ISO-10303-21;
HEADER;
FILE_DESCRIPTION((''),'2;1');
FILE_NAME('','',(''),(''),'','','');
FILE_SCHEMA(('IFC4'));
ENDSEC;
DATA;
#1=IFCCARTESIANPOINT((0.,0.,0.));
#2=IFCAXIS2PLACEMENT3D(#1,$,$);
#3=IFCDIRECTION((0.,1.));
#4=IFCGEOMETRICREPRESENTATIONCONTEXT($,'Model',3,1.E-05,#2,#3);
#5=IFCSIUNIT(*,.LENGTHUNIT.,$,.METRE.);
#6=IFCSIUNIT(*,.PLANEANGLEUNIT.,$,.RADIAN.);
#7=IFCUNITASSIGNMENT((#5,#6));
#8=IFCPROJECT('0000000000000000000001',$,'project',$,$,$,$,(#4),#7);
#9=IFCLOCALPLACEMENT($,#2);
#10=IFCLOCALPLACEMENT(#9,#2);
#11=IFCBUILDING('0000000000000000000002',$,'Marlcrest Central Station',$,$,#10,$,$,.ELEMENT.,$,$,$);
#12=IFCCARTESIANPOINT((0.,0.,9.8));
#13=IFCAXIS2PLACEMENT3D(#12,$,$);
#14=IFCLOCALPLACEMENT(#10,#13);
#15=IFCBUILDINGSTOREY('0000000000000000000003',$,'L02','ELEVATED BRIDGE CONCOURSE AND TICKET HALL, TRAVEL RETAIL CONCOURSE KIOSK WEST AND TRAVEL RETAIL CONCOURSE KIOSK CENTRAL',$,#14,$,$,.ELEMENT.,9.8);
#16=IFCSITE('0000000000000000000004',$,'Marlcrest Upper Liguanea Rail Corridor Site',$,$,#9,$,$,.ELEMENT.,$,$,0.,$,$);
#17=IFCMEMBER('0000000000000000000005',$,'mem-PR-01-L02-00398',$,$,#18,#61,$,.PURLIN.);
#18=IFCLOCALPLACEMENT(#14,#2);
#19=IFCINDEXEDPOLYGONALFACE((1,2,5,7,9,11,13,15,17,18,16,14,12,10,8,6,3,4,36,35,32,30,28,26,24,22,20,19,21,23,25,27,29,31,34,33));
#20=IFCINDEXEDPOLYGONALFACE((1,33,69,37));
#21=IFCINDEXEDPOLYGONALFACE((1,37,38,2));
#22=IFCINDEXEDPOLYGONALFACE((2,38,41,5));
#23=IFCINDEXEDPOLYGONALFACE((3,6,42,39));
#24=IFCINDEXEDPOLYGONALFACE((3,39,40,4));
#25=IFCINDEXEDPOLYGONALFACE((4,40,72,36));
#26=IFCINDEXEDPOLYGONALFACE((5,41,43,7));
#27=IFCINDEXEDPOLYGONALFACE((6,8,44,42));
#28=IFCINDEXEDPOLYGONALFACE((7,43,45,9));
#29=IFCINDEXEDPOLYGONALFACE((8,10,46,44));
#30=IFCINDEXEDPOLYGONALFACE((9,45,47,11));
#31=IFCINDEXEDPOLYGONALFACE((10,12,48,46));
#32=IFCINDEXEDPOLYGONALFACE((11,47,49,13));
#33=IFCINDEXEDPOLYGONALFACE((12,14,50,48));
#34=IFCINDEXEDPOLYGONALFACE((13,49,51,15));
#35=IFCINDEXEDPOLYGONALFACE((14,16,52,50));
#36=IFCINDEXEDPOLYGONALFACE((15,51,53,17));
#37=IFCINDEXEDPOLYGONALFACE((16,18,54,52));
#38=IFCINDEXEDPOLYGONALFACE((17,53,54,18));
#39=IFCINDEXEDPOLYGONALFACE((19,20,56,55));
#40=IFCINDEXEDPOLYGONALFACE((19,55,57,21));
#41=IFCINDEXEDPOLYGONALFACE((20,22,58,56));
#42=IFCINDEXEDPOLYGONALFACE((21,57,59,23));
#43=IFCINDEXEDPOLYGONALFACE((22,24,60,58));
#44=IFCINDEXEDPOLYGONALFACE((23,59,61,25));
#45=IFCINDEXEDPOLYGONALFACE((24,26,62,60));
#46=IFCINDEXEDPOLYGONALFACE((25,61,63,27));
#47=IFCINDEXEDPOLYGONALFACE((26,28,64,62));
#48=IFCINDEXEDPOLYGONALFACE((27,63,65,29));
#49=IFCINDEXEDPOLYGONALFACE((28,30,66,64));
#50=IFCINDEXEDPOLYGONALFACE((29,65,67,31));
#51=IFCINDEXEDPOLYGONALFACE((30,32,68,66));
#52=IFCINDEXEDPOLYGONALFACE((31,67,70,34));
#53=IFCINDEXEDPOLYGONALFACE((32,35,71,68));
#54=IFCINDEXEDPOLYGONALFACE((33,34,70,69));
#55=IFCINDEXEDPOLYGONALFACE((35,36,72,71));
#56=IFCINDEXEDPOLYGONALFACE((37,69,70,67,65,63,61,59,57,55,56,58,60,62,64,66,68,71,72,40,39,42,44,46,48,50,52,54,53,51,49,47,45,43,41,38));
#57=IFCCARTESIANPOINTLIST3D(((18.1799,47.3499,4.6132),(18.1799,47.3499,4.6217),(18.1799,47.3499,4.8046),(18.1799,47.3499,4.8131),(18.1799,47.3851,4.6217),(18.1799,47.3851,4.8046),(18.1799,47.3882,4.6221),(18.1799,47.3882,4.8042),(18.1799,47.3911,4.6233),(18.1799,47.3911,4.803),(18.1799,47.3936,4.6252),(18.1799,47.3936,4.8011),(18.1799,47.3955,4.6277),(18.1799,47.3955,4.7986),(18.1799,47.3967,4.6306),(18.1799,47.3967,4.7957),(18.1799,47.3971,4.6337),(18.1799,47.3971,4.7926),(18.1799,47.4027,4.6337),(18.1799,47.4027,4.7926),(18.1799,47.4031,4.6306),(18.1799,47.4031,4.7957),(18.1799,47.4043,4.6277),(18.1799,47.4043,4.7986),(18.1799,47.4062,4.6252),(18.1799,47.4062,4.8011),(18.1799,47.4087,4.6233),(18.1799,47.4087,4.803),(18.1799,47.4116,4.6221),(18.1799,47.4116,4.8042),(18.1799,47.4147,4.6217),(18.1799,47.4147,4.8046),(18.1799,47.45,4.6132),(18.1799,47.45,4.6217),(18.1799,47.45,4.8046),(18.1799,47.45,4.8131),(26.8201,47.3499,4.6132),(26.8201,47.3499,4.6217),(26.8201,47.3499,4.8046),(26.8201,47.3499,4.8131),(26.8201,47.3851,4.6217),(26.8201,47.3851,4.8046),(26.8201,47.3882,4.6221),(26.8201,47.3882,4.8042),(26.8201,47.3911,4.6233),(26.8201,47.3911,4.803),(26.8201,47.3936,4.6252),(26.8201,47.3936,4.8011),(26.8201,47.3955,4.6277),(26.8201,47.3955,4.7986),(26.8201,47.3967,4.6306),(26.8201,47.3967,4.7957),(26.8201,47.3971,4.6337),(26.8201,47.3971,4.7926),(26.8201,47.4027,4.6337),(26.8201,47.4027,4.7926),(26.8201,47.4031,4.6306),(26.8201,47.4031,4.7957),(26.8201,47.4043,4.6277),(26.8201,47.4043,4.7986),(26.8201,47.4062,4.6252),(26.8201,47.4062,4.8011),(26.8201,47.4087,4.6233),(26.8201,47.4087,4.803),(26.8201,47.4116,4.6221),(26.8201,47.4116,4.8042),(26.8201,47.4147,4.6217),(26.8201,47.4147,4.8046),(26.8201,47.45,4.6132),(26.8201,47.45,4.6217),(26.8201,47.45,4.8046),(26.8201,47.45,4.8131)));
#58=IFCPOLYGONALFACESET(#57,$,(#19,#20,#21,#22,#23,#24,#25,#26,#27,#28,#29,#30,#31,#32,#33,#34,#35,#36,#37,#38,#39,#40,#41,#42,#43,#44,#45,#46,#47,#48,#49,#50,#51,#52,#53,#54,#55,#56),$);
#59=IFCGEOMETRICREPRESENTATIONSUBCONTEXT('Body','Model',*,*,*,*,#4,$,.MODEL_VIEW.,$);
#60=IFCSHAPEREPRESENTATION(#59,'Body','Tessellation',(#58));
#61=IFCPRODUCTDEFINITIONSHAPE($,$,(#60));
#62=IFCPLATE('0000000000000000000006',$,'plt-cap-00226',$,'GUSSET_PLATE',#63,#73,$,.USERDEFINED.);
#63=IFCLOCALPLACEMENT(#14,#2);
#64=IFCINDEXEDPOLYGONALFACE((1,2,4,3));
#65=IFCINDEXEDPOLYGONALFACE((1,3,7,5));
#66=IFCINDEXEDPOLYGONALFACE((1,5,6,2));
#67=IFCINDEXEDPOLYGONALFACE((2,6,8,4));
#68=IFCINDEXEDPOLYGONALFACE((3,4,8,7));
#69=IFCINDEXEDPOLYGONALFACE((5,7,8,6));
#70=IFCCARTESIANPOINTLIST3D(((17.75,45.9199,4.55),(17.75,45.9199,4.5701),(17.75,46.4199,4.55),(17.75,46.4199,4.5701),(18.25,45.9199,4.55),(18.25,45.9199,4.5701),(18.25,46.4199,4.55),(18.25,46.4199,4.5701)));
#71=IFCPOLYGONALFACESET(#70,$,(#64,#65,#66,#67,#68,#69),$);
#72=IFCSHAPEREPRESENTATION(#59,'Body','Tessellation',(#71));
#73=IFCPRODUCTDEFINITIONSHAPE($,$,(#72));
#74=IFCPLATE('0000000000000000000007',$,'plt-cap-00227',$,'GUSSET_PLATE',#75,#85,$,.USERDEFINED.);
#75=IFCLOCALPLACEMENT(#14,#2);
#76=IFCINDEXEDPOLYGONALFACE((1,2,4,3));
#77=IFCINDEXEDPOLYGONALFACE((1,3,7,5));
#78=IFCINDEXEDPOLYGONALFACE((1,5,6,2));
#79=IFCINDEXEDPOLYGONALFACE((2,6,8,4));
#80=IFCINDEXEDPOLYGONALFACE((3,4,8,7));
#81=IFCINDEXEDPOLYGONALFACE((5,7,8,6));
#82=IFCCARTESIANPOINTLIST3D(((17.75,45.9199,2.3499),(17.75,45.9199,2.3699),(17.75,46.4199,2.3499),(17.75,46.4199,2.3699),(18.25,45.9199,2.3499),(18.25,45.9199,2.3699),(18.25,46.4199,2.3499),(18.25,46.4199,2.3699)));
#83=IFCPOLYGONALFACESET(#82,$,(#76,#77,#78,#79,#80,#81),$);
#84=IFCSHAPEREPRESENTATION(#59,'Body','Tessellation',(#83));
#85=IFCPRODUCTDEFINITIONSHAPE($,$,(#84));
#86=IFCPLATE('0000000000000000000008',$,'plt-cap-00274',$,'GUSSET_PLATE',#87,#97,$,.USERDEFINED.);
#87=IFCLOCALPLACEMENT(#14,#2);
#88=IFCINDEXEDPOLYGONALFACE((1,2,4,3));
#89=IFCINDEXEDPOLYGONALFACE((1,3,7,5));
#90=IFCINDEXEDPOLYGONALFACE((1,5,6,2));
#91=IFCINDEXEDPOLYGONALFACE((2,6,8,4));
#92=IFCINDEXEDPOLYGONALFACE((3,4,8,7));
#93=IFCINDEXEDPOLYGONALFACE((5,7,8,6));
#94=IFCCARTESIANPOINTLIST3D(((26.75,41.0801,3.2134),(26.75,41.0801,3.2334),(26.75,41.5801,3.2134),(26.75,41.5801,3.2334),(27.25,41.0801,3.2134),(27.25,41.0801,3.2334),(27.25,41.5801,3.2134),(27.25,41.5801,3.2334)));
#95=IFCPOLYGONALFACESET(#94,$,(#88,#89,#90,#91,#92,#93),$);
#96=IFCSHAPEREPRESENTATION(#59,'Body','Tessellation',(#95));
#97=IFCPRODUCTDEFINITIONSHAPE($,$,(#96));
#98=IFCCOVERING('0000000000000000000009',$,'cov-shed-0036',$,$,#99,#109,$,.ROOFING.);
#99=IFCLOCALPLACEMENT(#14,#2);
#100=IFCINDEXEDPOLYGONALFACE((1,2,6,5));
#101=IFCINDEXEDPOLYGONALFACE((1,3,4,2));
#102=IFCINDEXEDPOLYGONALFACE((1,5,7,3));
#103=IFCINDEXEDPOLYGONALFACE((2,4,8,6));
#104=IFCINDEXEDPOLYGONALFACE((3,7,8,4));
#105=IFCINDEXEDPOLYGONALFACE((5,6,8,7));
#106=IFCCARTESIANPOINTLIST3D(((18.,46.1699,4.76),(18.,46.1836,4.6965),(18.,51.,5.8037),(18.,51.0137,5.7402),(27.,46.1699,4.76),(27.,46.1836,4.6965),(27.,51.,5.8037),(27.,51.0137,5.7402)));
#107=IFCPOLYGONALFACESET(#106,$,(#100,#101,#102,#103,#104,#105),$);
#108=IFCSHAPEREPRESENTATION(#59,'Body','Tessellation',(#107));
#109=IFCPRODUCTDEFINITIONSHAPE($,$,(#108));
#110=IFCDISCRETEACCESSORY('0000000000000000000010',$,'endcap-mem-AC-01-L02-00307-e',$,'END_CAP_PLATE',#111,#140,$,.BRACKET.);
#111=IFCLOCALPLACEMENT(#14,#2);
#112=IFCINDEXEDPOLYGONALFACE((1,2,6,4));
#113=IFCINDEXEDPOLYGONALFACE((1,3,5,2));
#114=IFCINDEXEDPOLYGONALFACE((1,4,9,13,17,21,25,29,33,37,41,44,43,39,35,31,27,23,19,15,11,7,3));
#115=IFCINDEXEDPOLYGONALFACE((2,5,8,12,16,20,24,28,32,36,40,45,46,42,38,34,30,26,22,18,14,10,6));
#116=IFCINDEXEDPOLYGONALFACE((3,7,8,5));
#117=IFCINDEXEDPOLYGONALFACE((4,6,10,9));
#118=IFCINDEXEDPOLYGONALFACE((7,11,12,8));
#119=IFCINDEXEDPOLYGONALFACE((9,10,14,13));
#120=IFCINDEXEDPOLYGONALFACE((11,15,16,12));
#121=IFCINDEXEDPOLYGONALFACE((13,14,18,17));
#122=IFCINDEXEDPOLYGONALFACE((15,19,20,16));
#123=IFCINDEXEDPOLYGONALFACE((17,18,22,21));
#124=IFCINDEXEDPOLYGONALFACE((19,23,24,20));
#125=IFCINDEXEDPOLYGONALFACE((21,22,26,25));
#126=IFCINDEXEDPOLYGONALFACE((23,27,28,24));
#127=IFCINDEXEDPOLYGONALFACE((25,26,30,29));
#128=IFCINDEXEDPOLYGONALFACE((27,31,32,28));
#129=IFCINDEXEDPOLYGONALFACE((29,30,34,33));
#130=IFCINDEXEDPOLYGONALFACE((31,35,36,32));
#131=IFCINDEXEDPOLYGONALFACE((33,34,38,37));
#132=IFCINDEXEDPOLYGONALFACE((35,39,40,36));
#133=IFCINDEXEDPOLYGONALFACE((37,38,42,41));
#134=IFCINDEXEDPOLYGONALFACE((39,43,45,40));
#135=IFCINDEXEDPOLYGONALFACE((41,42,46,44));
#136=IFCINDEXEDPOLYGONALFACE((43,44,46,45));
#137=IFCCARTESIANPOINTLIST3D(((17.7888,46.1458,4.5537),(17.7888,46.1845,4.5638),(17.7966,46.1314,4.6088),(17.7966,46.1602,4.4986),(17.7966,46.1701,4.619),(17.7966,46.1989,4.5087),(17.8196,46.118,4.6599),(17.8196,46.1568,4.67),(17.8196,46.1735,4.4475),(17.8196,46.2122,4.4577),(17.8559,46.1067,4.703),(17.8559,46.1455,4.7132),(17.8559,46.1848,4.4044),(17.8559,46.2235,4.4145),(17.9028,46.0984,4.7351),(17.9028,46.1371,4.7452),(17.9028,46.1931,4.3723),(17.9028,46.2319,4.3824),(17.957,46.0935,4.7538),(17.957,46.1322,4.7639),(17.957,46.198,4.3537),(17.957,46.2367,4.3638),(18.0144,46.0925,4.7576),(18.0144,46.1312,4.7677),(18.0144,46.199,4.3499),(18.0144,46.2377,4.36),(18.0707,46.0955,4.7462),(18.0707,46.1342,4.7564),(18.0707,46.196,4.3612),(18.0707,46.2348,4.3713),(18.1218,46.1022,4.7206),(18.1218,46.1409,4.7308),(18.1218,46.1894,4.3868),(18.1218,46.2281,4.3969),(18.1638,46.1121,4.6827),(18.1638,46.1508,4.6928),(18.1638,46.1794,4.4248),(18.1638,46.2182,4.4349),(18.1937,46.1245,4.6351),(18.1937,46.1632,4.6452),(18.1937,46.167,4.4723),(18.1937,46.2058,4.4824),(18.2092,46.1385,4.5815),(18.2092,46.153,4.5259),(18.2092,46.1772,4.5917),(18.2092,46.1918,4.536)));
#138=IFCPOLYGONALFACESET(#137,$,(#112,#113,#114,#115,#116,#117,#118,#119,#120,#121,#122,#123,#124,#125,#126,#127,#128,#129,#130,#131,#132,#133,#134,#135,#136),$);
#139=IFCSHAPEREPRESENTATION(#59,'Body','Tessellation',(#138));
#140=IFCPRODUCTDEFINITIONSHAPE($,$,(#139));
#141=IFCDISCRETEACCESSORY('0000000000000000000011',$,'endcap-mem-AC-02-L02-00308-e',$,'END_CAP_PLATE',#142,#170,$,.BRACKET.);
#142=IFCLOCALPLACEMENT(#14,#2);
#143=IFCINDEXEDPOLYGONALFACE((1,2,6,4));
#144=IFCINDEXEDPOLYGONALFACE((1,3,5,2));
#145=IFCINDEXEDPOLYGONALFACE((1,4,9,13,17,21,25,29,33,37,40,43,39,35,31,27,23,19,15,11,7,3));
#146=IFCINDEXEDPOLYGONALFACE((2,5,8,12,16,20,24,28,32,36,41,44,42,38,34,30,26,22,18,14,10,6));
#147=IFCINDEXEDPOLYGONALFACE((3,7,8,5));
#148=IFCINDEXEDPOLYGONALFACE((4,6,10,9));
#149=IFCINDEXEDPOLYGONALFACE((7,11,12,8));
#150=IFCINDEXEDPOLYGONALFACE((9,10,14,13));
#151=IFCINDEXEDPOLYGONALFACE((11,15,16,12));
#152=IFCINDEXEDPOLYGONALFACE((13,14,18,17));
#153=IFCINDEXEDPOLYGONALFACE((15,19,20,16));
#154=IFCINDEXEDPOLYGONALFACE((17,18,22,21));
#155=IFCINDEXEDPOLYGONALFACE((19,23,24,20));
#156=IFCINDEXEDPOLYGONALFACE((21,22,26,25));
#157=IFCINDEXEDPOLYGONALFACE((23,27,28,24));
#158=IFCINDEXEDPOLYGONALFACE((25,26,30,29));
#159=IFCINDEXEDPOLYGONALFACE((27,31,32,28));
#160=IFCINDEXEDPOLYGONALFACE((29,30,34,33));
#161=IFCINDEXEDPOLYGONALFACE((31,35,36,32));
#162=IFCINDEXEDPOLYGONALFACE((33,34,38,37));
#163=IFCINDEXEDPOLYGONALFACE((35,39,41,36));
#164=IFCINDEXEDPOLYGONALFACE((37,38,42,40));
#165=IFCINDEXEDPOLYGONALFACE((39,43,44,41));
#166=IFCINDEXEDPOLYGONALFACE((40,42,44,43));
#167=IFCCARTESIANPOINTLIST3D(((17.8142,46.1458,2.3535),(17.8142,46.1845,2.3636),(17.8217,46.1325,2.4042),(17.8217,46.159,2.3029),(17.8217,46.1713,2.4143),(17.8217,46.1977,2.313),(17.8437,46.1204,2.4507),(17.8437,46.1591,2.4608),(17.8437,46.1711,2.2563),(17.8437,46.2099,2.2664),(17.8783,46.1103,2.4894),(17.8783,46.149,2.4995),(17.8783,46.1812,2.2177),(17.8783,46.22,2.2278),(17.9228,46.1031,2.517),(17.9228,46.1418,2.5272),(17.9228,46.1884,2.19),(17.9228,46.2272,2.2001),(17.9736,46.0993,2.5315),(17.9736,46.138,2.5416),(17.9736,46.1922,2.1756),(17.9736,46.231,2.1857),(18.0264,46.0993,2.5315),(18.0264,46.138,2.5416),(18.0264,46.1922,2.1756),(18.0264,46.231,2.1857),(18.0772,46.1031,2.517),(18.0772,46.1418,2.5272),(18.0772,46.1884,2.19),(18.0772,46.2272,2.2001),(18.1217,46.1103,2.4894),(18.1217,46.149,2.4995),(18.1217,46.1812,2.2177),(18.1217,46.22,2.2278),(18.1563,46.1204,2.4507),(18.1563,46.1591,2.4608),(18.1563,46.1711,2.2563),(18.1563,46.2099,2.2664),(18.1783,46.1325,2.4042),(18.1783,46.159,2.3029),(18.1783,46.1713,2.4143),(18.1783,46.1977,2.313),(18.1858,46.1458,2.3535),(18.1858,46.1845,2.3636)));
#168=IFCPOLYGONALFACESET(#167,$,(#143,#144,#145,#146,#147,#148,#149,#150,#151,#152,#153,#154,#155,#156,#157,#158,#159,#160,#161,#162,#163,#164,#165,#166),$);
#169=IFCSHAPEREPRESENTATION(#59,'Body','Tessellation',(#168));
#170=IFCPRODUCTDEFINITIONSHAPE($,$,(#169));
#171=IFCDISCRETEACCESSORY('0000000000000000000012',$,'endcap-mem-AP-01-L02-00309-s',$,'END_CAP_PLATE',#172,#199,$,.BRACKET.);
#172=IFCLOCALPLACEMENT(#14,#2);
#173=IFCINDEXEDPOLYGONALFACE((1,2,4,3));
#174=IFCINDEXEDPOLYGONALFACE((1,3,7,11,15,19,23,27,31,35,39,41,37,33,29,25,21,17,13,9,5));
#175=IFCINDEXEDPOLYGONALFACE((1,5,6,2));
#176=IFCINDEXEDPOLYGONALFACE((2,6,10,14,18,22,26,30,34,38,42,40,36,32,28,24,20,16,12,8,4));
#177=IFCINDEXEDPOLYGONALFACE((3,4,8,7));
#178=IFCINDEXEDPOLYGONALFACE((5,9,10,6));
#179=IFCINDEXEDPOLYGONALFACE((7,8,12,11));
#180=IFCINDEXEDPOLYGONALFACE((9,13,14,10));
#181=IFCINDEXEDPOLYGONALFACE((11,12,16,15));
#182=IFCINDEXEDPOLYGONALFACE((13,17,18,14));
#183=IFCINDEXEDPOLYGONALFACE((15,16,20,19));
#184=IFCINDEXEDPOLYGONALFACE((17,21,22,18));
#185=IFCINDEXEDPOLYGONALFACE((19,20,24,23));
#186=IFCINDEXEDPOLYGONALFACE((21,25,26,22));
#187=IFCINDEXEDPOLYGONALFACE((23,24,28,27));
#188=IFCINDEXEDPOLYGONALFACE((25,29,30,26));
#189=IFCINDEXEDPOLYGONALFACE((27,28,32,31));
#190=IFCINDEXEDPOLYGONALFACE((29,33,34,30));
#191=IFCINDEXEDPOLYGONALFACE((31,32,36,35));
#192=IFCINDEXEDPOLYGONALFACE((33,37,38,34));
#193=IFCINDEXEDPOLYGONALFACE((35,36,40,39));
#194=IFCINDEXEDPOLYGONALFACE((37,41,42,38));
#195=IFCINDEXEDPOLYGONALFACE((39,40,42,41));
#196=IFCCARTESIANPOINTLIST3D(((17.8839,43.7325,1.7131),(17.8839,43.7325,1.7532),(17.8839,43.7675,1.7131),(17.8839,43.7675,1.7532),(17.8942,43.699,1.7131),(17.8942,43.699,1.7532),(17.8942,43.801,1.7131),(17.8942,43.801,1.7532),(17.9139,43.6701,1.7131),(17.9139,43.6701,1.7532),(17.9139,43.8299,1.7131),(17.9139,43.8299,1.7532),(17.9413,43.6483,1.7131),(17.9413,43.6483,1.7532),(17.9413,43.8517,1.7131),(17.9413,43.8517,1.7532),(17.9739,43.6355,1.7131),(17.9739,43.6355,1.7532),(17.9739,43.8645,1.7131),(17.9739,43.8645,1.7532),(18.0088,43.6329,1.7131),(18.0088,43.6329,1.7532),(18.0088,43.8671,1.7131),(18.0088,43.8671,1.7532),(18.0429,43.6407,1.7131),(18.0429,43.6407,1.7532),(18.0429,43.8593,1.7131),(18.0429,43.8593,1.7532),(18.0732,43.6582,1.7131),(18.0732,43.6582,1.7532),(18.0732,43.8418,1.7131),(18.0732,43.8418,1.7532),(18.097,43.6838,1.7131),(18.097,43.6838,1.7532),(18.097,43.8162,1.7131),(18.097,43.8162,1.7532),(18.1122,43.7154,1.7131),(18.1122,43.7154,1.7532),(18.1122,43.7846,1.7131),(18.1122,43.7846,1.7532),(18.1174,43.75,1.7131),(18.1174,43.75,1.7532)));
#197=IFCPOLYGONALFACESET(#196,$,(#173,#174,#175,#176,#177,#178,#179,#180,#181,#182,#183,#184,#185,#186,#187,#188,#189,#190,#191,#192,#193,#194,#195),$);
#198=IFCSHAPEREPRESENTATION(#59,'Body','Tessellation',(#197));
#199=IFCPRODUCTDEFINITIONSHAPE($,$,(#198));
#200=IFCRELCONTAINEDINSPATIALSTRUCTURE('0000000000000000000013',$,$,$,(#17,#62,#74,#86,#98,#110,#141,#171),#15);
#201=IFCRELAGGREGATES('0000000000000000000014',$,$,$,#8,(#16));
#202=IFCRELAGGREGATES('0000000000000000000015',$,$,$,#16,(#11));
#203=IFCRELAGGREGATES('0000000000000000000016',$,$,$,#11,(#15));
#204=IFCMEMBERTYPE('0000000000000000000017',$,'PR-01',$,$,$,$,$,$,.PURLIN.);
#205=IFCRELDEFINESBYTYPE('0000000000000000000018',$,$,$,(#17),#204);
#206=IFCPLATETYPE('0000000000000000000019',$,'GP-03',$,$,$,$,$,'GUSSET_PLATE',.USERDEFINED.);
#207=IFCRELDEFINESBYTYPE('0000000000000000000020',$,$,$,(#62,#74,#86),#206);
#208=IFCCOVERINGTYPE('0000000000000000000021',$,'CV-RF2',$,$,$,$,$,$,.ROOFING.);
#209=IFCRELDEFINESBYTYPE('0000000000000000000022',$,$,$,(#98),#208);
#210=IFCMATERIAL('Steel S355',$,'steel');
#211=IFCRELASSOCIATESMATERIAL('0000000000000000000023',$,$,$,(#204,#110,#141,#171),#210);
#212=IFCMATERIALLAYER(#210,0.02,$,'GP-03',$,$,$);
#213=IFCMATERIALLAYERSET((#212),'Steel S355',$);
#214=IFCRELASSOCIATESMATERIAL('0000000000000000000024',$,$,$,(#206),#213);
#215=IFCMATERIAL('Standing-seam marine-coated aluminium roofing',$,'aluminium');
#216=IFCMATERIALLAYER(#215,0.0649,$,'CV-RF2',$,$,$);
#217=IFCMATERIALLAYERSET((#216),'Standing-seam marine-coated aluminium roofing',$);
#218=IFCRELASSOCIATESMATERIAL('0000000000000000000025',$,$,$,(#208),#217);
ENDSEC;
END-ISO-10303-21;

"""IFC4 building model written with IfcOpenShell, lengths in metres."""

from ifc_helpers import new_model, si_unit, direction, frame, origin, origin_2d, place, context, subcontext, project, spatial, polyline, rectangle, circle, i_section, outline, extrude, material, layer, layer_set, material_profile, profile_set, type_object, element, save


model = new_model("IFC4")

# Units and contexts
model_context = context("Model", 3, precision=1e-05, world=origin(), true_north=direction((0.0, 1.0)))
body_context = subcontext(model_context, "Body", "Model", "MODEL_VIEW")
ifc_project = project(units=[si_unit("LENGTHUNIT", "METRE"), si_unit("PLANEANGLEUNIT", "RADIAN")], contexts=[model_context])

# Site, building, storey
site_placement = place(None, origin())
site = spatial("IfcSite", under=ifc_project, at=site_placement, Name="Marlcrest Upper Liguanea Rail Corridor Site", CompositionType="ELEMENT", RefElevation=0.0)
building_placement = place(site_placement, origin())
building = spatial("IfcBuilding", under=site, at=building_placement, Name="Marlcrest Central Station", CompositionType="ELEMENT")
storey_placement = place(building_placement, frame((0.0, 0.0, 9.8)))
storey = spatial("IfcBuildingStorey", under=building, at=storey_placement, Name="L02", Description="ELEVATED BRIDGE CONCOURSE AND TICKET HALL, TRAVEL RETAIL CONCOURSE KIOSK WEST AND TRAVEL RETAIL CONCOURSE KIOSK CENTRAL", CompositionType="ELEMENT", Elevation=9.8)

# Member
ifc_material_1 = material(Name="Steel S355", Category="steel")
ifc_material_profile_1 = material_profile(ifc_material_1, i_section(OverallWidth=0.1001, OverallDepth=0.2, WebThickness=0.0056, FlangeThickness=0.0085, FilletRadius=0.012, at=origin_2d()), Name="IPE 200")
ifc_profile_set_1 = profile_set([ifc_material_profile_1], Name="Steel S355")
member_type_1 = type_object("IfcMemberType", Name="PR-01", PredefinedType="PURLIN", material=ifc_profile_set_1)
for number, where, z_axis, x_axis, name in (
    (1, (18.1799, 47.3999, 4.7131), (1.0, 0.0, 0.0), (0.0, 1.0, 0.0), "mem-PR-01-L02-00398"),
):
    element("IfcMember", number, at=place(storey_placement, frame(where, z_axis=z_axis, x_axis=x_axis)), inside=storey, type_object=member_type_1, Name=name, PredefinedType="PURLIN", context=body_context, shape_type="SweptSolid", body=[
        extrude(i_section(OverallWidth=0.1001, OverallDepth=0.2, WebThickness=0.0056, FlangeThickness=0.0085, FilletRadius=0.012, at=origin_2d()), origin(), (0.0, 0.0, 1.0), 8.6401),
    ])

# Plates
ifc_layer_1 = layer(ifc_material_1, 0.02, Name="GP-03")
ifc_layer_set_1 = layer_set([ifc_layer_1], Name="Steel S355")
plate_type = type_object("IfcPlateType", Name="GP-03", ElementType="GUSSET_PLATE", PredefinedType="USERDEFINED", material=ifc_layer_set_1)
for number, where, z_axis, x_axis, name in (
    (2, (18.0, 46.1699, 4.55), (0.0, 0.0, 1.0), (1.0, 0.0, 0.0), "plt-cap-00226"),
    (3, (18.0, 46.1699, 2.3499), (0.0, 0.0, 1.0), (1.0, 0.0, 0.0), "plt-cap-00227"),
    (4, (27.0, 41.3301, 3.2134), (0.0, 0.0, 1.0), (1.0, 0.0, 0.0), "plt-cap-00274"),
):
    element("IfcPlate", number, at=place(storey_placement, frame(where, z_axis=z_axis, x_axis=x_axis)), inside=storey, type_object=plate_type, Name=name, ObjectType="GUSSET_PLATE", PredefinedType="USERDEFINED", context=body_context, shape_type="SweptSolid", body=[
        extrude(rectangle(XDim=0.5, YDim=0.5, at=origin_2d()), origin(), (0.0, 0.0, 1.0), 0.02),
    ])

# Covering
ifc_material_2 = material(Name="Standing-seam marine-coated aluminium roofing", Category="aluminium")
ifc_layer_2 = layer(ifc_material_2, 0.0649, Name="CV-RF2")
ifc_layer_set_2 = layer_set([ifc_layer_2], Name="Standing-seam marine-coated aluminium roofing")
covering_type = type_object("IfcCoveringType", Name="CV-RF2", PredefinedType="ROOFING", material=ifc_layer_set_2)
covering_placement = place(storey_placement, frame((18.0, 46.1699, 4.76), z_axis=(0.0, -0.211209, 0.977441), x_axis=(1.0, 0.0, 0.0)))
element("IfcCovering", 5, at=covering_placement, inside=storey, type_object=covering_type, Name="cov-shed-0036", PredefinedType="ROOFING", context=body_context, shape_type="SweptSolid", body=[
    extrude(outline(polyline([(0.0, 0.0), (9.0, 0.0), (9.0, 4.9416), (0.0, 4.9416), (0.0, 0.0)])), origin(), (0.0, 0.0, -1.0), 0.0649),
])

# Discrete accessories
discrete_accessory_1_placement = place(storey_placement, frame((18.0, 46.1458, 4.5537), z_axis=(0.0, 0.967539, 0.25272), x_axis=(-1.0, 0.0, 0.0)))
element("IfcDiscreteAccessory", 6, at=discrete_accessory_1_placement, inside=storey, material=ifc_material_1, Name="endcap-mem-AC-01-L02-00307-e", ObjectType="END_CAP_PLATE", PredefinedType="BRACKET", context=body_context, shape_type="SweptSolid", body=[
    extrude(circle(Radius=0.2112, at=origin_2d()), origin(), (0.0, 0.0, 1.0), 0.04),
])
discrete_accessory_2_placement = place(storey_placement, frame((18.0, 46.1458, 2.3535), z_axis=(0.0, 0.967563, 0.252629), x_axis=(-1.0, 0.0, 0.0)))
element("IfcDiscreteAccessory", 7, at=discrete_accessory_2_placement, inside=storey, material=ifc_material_1, Name="endcap-mem-AC-02-L02-00308-e", ObjectType="END_CAP_PLATE", PredefinedType="BRACKET", context=body_context, shape_type="SweptSolid", body=[
    extrude(circle(Radius=0.1858, at=origin_2d()), origin(), (0.0, 0.0, 1.0), 0.04),
])
for number, where, z_axis, x_axis, name in (
    (8, (18.0, 43.75, 1.7131), (0.0, 0.0, 1.0), (1.0, 0.0, 0.0), "endcap-mem-AP-01-L02-00309-s"),
):
    element("IfcDiscreteAccessory", number, at=place(storey_placement, frame(where, z_axis=z_axis, x_axis=x_axis)), inside=storey, material=ifc_material_1, Name=name, ObjectType="END_CAP_PLATE", PredefinedType="BRACKET", context=body_context, shape_type="SweptSolid", body=[
        extrude(circle(Radius=0.1174, at=origin_2d()), origin(), (0.0, 0.0, 1.0), 0.04),
    ])

save(model, "model.ifc")
